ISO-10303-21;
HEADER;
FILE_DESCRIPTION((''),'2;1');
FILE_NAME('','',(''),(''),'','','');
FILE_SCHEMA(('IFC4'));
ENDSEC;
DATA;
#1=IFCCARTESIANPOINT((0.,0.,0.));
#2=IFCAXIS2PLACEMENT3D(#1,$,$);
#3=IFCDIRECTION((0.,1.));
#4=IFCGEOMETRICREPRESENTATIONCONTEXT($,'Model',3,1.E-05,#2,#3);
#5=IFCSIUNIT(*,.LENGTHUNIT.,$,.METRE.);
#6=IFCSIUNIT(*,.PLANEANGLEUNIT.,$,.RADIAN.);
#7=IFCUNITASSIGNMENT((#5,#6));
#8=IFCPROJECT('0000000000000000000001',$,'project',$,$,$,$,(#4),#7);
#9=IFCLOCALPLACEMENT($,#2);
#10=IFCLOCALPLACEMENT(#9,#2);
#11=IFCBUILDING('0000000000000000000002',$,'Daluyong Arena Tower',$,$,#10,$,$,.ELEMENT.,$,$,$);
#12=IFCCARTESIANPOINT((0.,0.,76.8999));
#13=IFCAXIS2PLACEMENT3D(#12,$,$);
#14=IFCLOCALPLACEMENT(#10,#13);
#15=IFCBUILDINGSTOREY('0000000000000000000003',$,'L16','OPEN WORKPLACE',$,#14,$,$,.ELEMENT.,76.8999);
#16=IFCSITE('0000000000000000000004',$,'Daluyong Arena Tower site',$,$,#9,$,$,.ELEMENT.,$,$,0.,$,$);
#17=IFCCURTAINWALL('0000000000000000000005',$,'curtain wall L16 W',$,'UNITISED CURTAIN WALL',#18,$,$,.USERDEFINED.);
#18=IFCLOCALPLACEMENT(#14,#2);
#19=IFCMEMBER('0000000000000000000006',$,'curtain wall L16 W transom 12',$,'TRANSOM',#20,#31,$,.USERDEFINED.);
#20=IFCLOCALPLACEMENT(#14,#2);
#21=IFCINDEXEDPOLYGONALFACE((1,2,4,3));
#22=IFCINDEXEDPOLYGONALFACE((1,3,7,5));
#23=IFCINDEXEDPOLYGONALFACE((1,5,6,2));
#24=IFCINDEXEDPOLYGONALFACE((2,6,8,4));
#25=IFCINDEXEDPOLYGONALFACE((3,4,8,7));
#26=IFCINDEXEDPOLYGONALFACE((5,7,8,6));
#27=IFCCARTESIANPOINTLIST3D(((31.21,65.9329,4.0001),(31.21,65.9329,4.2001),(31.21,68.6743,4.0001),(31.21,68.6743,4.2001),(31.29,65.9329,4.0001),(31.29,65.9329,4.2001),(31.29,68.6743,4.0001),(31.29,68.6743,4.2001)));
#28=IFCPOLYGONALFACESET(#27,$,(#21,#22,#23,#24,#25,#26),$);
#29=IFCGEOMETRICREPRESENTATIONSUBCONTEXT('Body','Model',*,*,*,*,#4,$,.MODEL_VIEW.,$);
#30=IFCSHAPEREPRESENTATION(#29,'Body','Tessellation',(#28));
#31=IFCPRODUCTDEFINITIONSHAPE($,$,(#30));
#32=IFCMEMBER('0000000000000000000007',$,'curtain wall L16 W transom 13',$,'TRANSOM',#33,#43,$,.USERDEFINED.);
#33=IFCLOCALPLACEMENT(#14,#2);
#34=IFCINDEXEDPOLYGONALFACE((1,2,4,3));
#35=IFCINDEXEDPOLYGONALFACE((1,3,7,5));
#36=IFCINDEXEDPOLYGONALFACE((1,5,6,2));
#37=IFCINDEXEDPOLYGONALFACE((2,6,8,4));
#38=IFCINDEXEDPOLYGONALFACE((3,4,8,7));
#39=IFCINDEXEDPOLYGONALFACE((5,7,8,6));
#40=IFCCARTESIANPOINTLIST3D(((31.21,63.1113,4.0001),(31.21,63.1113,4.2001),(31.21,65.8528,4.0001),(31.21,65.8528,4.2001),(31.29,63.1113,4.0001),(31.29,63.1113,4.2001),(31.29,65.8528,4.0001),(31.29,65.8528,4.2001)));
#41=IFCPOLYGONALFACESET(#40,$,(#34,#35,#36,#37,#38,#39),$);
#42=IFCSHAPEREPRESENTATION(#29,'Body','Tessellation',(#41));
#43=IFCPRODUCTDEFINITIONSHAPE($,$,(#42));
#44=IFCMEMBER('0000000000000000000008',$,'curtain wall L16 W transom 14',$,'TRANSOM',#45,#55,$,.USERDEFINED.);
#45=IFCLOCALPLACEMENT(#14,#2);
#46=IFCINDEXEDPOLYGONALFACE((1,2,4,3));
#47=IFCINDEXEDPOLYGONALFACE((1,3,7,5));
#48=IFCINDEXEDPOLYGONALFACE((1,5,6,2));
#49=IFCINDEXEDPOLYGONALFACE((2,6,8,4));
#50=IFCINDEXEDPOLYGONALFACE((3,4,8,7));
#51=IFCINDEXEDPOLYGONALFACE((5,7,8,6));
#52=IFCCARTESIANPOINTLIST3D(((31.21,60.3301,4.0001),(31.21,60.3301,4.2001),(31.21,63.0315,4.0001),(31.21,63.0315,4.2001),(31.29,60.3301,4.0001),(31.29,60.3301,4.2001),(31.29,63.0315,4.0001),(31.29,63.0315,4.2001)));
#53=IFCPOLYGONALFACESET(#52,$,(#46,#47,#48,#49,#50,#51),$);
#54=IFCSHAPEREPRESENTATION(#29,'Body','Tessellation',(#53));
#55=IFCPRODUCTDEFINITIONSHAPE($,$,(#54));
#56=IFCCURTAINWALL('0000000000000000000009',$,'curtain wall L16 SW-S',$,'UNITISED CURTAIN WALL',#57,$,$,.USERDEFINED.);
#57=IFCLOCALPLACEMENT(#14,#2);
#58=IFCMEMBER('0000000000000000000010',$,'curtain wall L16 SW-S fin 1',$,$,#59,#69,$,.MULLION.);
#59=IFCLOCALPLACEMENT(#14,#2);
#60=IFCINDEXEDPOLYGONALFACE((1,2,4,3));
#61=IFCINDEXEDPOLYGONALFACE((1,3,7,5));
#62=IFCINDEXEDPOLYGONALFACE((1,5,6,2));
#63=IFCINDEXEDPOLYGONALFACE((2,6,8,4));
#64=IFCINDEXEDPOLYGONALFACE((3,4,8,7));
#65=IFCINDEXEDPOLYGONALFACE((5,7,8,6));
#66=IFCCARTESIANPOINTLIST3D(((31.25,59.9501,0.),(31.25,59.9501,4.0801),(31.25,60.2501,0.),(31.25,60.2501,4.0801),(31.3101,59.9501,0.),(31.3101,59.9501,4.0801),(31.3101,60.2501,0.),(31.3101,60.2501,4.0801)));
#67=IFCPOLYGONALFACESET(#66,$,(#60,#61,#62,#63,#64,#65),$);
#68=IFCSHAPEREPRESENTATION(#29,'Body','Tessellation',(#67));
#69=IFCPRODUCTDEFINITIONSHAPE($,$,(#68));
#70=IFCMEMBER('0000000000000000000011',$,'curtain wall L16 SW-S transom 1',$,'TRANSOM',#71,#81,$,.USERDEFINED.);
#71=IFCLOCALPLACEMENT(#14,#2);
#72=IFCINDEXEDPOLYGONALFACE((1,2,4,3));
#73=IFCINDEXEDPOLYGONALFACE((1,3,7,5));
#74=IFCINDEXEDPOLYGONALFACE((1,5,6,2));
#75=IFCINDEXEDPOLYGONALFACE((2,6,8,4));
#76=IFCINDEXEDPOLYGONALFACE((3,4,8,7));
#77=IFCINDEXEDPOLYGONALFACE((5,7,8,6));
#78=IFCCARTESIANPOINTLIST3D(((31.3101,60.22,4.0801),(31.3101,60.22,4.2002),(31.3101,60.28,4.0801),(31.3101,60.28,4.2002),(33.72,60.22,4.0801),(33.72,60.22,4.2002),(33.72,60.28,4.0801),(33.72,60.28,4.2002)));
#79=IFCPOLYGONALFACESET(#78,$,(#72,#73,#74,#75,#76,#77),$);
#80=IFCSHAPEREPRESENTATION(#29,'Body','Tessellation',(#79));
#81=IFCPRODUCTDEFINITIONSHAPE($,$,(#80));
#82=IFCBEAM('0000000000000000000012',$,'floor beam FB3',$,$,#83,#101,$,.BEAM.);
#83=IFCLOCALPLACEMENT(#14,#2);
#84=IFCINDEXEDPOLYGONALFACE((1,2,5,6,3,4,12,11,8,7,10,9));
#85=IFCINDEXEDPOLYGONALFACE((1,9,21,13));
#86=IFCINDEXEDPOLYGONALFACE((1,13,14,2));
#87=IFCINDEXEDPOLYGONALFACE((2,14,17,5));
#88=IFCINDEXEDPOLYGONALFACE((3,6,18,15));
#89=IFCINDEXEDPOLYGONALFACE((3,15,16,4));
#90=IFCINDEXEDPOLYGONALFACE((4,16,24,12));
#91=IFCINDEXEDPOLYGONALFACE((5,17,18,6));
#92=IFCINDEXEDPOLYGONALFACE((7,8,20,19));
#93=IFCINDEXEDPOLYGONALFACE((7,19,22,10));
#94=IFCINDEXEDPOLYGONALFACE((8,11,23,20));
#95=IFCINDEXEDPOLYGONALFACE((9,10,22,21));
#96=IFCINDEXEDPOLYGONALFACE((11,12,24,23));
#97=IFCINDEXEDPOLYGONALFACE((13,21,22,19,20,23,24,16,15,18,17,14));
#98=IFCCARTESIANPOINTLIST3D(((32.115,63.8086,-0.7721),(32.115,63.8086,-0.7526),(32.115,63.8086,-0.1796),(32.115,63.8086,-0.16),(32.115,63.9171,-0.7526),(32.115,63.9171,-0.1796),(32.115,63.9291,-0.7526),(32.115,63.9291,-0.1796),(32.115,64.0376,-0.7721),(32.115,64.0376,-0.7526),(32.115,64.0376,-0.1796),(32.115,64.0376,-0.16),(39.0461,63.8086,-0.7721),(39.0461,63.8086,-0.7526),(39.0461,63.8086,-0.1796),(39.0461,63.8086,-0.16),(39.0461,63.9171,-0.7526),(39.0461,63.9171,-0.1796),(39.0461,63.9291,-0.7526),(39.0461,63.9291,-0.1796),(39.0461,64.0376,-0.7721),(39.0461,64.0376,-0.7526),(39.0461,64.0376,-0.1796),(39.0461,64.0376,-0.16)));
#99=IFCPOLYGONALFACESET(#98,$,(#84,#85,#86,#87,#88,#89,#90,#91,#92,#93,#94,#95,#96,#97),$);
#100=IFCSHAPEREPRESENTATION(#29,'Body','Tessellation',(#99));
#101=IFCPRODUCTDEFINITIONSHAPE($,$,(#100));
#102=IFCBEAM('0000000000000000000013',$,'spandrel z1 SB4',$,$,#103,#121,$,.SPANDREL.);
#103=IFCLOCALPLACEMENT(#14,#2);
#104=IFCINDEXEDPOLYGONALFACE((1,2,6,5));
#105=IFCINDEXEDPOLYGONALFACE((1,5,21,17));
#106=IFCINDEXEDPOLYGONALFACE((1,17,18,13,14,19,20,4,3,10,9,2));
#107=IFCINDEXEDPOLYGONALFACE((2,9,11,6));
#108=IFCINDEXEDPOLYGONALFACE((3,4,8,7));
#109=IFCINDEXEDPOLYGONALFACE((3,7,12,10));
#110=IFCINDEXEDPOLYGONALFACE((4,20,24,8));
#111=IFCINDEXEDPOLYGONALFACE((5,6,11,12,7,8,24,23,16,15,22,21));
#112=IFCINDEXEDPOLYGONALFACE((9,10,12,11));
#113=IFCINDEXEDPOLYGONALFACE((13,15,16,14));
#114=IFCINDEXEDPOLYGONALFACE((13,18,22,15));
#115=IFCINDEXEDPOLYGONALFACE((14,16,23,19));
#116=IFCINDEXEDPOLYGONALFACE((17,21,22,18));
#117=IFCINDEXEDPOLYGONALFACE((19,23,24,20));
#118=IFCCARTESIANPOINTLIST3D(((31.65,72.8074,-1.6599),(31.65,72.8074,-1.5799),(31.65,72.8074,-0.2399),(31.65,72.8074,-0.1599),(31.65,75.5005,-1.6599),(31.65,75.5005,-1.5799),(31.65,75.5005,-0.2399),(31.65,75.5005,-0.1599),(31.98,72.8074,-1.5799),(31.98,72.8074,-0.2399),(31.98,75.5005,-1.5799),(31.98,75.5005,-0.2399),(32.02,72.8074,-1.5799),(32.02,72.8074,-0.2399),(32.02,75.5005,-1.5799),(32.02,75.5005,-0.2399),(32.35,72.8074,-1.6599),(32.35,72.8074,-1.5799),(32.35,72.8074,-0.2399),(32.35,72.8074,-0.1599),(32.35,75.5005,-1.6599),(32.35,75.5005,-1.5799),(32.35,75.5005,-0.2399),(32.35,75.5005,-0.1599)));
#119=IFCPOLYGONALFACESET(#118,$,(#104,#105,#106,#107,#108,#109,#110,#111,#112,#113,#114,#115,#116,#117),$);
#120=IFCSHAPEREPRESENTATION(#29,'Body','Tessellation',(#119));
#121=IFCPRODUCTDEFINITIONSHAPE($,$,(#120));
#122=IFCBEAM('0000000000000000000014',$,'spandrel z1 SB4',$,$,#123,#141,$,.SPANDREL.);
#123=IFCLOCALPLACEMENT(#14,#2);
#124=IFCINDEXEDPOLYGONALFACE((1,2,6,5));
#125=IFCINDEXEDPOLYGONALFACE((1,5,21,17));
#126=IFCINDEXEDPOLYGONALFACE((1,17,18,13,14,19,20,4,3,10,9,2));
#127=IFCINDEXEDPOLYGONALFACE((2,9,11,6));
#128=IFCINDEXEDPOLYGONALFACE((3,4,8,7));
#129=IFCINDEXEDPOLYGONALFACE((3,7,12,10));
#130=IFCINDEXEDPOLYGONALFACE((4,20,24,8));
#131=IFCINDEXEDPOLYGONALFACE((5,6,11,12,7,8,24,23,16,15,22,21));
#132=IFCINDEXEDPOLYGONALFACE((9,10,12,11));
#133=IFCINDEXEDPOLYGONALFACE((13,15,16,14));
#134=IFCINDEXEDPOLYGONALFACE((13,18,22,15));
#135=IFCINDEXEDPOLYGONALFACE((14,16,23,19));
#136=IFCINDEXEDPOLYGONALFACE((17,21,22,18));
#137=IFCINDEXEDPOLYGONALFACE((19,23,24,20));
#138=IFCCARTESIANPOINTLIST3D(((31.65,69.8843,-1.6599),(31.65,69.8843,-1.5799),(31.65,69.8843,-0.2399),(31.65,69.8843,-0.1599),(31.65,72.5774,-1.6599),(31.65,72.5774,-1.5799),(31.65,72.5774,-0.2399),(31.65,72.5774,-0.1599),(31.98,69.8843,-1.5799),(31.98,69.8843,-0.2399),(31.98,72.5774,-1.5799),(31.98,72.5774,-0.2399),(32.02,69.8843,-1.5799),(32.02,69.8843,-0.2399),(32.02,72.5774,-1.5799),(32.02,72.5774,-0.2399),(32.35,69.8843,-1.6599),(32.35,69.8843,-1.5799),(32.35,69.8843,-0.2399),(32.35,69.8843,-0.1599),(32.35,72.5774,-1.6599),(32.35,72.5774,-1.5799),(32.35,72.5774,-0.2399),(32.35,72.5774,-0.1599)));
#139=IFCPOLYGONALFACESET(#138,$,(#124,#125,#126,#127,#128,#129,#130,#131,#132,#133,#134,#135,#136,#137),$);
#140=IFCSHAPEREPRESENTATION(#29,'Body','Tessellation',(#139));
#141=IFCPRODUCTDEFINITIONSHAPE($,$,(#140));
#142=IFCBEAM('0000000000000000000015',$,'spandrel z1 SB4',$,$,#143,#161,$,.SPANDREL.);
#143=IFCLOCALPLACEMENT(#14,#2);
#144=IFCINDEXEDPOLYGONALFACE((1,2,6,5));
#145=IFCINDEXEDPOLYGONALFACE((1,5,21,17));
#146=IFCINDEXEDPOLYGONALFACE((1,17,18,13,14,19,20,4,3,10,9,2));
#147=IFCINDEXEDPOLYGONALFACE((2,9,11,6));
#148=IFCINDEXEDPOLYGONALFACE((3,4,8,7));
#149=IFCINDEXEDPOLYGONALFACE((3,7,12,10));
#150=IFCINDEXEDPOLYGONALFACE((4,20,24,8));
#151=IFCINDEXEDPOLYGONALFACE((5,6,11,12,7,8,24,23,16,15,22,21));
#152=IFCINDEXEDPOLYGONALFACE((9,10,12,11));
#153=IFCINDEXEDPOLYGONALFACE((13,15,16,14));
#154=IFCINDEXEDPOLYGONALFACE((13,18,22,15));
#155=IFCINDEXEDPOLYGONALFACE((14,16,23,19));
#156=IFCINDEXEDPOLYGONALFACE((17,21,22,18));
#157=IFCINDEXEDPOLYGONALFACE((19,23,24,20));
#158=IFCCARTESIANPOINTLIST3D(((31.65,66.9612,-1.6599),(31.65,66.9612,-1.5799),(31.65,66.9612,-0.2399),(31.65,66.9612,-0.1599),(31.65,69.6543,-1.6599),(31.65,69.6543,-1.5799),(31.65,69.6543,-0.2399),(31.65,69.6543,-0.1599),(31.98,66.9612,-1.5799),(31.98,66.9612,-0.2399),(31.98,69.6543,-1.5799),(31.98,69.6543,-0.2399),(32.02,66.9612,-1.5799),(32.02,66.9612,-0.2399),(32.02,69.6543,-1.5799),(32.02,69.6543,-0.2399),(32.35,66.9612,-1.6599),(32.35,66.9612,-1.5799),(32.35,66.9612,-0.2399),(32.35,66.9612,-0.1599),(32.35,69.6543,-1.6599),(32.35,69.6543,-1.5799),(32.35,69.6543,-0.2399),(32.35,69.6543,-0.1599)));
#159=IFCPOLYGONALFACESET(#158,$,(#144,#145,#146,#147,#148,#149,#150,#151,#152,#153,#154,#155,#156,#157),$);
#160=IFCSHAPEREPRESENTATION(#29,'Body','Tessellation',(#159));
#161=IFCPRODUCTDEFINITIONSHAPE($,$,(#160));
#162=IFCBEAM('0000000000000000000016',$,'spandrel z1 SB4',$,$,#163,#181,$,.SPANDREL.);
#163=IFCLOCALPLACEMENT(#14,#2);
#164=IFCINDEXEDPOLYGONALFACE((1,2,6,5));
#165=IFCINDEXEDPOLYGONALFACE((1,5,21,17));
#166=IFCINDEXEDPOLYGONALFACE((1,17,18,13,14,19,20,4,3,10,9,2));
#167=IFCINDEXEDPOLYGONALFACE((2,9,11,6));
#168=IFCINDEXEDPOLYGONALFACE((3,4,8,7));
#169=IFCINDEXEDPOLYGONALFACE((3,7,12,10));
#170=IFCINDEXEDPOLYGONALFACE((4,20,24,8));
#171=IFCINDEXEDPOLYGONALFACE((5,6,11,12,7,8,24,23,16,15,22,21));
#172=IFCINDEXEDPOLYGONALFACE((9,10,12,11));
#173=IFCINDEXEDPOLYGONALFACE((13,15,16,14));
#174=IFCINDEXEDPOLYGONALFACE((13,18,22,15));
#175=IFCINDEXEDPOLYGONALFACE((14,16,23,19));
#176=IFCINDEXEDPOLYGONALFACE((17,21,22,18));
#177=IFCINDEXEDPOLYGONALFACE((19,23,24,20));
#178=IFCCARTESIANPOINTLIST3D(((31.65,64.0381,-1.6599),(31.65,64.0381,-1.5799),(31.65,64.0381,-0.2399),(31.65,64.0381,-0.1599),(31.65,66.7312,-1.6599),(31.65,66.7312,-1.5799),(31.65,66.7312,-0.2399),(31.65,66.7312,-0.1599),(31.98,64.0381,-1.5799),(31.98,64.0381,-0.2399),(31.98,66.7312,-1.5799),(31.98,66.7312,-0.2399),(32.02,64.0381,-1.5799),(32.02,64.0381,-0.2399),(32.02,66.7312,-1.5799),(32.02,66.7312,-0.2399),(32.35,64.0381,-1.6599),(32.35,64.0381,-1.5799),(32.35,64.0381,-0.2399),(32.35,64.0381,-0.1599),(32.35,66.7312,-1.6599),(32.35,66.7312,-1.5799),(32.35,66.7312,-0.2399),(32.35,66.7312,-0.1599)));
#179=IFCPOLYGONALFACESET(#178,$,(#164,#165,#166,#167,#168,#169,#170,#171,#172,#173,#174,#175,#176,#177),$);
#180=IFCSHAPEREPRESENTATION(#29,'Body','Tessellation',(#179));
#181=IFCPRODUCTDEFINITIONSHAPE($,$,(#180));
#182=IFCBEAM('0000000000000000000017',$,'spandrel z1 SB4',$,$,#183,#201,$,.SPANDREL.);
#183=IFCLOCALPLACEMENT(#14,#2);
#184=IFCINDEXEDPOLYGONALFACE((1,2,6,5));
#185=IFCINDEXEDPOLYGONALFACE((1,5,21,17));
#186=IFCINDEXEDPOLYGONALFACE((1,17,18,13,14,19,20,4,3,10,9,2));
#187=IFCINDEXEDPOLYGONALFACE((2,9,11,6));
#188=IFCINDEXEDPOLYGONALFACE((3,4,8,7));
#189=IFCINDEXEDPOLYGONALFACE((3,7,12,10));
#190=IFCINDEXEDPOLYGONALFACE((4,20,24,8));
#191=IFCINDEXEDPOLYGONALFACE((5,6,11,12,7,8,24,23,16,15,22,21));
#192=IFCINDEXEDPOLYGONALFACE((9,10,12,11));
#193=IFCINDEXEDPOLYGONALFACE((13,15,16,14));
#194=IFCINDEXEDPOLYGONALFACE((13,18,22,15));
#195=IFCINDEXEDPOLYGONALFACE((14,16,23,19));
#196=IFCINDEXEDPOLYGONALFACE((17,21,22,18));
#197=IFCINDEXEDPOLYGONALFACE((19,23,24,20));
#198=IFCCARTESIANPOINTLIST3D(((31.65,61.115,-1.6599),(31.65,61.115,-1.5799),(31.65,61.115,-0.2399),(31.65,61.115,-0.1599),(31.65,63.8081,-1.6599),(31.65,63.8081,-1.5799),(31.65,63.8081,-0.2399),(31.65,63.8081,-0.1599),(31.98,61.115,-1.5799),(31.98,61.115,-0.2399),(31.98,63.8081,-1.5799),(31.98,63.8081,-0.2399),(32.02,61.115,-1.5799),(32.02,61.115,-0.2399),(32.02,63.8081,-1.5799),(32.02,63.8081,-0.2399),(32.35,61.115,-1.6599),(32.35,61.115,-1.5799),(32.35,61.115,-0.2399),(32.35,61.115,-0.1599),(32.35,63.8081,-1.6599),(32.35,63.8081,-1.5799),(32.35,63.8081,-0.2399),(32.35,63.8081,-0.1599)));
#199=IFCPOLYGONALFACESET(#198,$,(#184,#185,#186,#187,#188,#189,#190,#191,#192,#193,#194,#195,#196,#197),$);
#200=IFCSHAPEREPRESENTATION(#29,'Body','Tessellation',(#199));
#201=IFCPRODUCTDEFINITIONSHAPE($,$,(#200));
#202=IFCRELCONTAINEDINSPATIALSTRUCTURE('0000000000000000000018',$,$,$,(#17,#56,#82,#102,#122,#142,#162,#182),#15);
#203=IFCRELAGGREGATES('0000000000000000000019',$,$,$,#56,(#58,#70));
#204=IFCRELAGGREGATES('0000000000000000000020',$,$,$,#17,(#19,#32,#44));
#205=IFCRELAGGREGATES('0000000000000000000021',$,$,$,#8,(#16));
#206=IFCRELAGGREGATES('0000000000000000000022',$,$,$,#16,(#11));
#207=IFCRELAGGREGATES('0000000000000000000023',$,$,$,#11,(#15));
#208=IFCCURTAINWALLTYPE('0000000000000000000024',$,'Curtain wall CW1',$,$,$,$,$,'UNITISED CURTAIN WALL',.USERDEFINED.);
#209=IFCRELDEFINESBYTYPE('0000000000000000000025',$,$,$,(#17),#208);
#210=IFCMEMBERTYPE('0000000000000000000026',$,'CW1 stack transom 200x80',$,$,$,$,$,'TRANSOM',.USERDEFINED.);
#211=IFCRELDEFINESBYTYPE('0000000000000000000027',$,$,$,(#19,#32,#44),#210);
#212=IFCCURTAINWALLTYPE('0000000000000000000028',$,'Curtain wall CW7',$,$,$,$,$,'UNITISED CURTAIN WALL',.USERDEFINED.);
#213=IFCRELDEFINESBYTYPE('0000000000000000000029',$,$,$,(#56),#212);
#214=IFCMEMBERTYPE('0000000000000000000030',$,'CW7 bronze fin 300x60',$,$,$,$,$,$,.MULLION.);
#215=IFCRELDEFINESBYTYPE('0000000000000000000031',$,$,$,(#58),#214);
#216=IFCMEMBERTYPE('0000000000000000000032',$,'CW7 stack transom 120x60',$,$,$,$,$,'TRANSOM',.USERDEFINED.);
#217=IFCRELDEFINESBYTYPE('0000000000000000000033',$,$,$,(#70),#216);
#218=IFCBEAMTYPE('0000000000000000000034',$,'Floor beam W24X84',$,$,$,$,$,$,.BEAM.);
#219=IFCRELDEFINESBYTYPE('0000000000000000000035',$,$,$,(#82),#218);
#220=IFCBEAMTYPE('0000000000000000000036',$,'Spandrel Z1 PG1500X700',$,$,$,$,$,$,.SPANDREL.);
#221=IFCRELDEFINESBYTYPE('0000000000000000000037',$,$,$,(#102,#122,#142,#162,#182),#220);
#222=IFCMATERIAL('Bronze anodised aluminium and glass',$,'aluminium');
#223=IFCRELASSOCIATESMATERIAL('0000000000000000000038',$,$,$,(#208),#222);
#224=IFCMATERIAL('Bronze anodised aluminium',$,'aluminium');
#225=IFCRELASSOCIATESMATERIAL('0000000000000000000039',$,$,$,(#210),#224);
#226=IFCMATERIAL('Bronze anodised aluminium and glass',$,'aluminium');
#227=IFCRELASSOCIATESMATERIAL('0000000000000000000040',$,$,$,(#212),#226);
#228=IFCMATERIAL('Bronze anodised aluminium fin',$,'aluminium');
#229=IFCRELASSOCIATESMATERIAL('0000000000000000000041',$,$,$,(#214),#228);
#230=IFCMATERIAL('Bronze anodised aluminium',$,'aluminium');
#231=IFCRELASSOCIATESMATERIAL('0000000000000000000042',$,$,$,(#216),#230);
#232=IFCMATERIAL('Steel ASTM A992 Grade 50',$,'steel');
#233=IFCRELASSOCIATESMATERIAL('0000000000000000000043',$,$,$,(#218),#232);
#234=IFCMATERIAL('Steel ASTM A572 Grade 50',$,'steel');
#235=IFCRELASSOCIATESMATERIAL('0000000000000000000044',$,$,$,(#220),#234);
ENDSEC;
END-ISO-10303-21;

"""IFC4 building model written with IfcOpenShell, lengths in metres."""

from ifc_helpers import new_model, si_unit, direction, frame, origin, origin_2d, place, context, subcontext, project, spatial, rectangle, i_section, extrude, material, material_profile, profile_set, type_object, element, aggregate, save


model = new_model("IFC4")

# Units and contexts
model_context = context("Model", 3, precision=1e-05, world=origin(), true_north=direction((0.0, 1.0)))
body_context = subcontext(model_context, "Body", "Model", "MODEL_VIEW")
ifc_project = project(units=[si_unit("LENGTHUNIT", "METRE"), si_unit("PLANEANGLEUNIT", "RADIAN")], contexts=[model_context])

# Site, building, storey
site_placement = place(None, origin())
site = spatial("IfcSite", under=ifc_project, at=site_placement, Name="Daluyong Arena Tower site", CompositionType="ELEMENT", RefElevation=0.0)
building_placement = place(site_placement, origin())
building = spatial("IfcBuilding", under=site, at=building_placement, Name="Daluyong Arena Tower", CompositionType="ELEMENT")
storey_placement = place(building_placement, frame((0.0, 0.0, 76.8999)))
storey = spatial("IfcBuildingStorey", under=building, at=storey_placement, Name="L16", Description="OPEN WORKPLACE", CompositionType="ELEMENT", Elevation=76.8999)

# Curtain walls, members
ifc_material_1 = material(Name="Bronze anodised aluminium and glass", Category="aluminium")
curtain_wall_type_1 = type_object("IfcCurtainWallType", Name="Curtain wall CW1", ElementType="UNITISED CURTAIN WALL", PredefinedType="USERDEFINED", material=ifc_material_1)
curtain_wall_1_placement = place(storey_placement, origin())
curtain_wall_1 = element("IfcCurtainWall", 1, at=curtain_wall_1_placement, inside=storey, type_object=curtain_wall_type_1, Name="curtain wall L16 W", ObjectType="UNITISED CURTAIN WALL", PredefinedType="USERDEFINED")
ifc_material_2 = material(Name="Bronze anodised aluminium", Category="aluminium")
ifc_material_profile_1 = material_profile(ifc_material_2, rectangle(XDim=0.0801, YDim=0.2, at=origin_2d()))
ifc_profile_set_1 = profile_set([ifc_material_profile_1], Name="Bronze anodised aluminium")
member_type_1 = type_object("IfcMemberType", Name="CW1 stack transom 200x80", ElementType="TRANSOM", PredefinedType="USERDEFINED", material=ifc_profile_set_1)
member_1_placement = place(storey_placement, frame((31.25, 68.6743, 4.1001), z_axis=(0.0, -1.0, 0.0), x_axis=(1.0, 0.0, 0.0)))
member_1 = element("IfcMember", 2, at=member_1_placement, type_object=member_type_1, Name="curtain wall L16 W transom 12", ObjectType="TRANSOM", PredefinedType="USERDEFINED", context=body_context, shape_type="SweptSolid", body=[
    extrude(rectangle(XDim=0.0801, YDim=0.2, at=origin_2d()), origin(), (0.0, 0.0, 1.0), 2.7415),
])
member_2_placement = place(storey_placement, frame((31.25, 65.8528, 4.1001), z_axis=(0.0, -1.0, 0.0), x_axis=(1.0, 0.0, 0.0)))
member_2 = element("IfcMember", 3, at=member_2_placement, type_object=member_type_1, Name="curtain wall L16 W transom 13", ObjectType="TRANSOM", PredefinedType="USERDEFINED", context=body_context, shape_type="SweptSolid", body=[
    extrude(rectangle(XDim=0.0801, YDim=0.2, at=origin_2d()), origin(), (0.0, 0.0, 1.0), 2.7415),
])
member_3_placement = place(storey_placement, frame((31.25, 63.0315, 4.1001), z_axis=(0.0, -1.0, 0.0), x_axis=(1.0, 0.0, 0.0)))
member_3 = element("IfcMember", 4, at=member_3_placement, type_object=member_type_1, Name="curtain wall L16 W transom 14", ObjectType="TRANSOM", PredefinedType="USERDEFINED", context=body_context, shape_type="SweptSolid", body=[
    extrude(rectangle(XDim=0.0801, YDim=0.2, at=origin_2d()), origin(), (0.0, 0.0, 1.0), 2.7014),
])
ifc_material_3 = material(Name="Bronze anodised aluminium and glass", Category="aluminium")
curtain_wall_type_2 = type_object("IfcCurtainWallType", Name="Curtain wall CW7", ElementType="UNITISED CURTAIN WALL", PredefinedType="USERDEFINED", material=ifc_material_3)
curtain_wall_2_placement = place(storey_placement, origin())
curtain_wall_2 = element("IfcCurtainWall", 5, at=curtain_wall_2_placement, inside=storey, type_object=curtain_wall_type_2, Name="curtain wall L16 SW-S", ObjectType="UNITISED CURTAIN WALL", PredefinedType="USERDEFINED")
ifc_material_4 = material(Name="Bronze anodised aluminium fin", Category="aluminium")
ifc_material_profile_2 = material_profile(ifc_material_4, rectangle(XDim=0.3, YDim=0.0601, at=origin_2d()))
ifc_profile_set_2 = profile_set([ifc_material_profile_2], Name="Bronze anodised aluminium fin")
member_type_2 = type_object("IfcMemberType", Name="CW7 bronze fin 300x60", PredefinedType="MULLION", material=ifc_profile_set_2)
member_4_placement = place(storey_placement, frame((31.28, 60.1001, 0.0), z_axis=(0.0, 0.0, 1.0), x_axis=(0.0, 1.0, 0.0)))
member_4 = element("IfcMember", 6, at=member_4_placement, type_object=member_type_2, Name="curtain wall L16 SW-S fin 1", PredefinedType="MULLION", context=body_context, shape_type="SweptSolid", body=[
    extrude(rectangle(XDim=0.3, YDim=0.0601, at=origin_2d()), origin(), (0.0, 0.0, 1.0), 4.0801),
])
ifc_material_5 = material(Name="Bronze anodised aluminium", Category="aluminium")
ifc_material_profile_3 = material_profile(ifc_material_5, rectangle(XDim=0.0601, YDim=0.1201, at=origin_2d()))
ifc_profile_set_3 = profile_set([ifc_material_profile_3], Name="Bronze anodised aluminium")
member_type_3 = type_object("IfcMemberType", Name="CW7 stack transom 120x60", ElementType="TRANSOM", PredefinedType="USERDEFINED", material=ifc_profile_set_3)
member_5_placement = place(storey_placement, frame((31.3101, 60.25, 4.1401), z_axis=(1.0, 0.0, 0.0), x_axis=(0.0, 1.0, 0.0)))
member_5 = element("IfcMember", 7, at=member_5_placement, type_object=member_type_3, Name="curtain wall L16 SW-S transom 1", ObjectType="TRANSOM", PredefinedType="USERDEFINED", context=body_context, shape_type="SweptSolid", body=[
    extrude(rectangle(XDim=0.0601, YDim=0.1201, at=origin_2d()), origin(), (0.0, 0.0, 1.0), 2.4099),
])
aggregate(curtain_wall_2, [member_4, member_5])

# Beams
ifc_material_6 = material(Name="Steel ASTM A992 Grade 50", Category="steel")
ifc_material_profile_4 = material_profile(ifc_material_6, i_section(OverallWidth=0.229, OverallDepth=0.6121, WebThickness=0.012, FlangeThickness=0.0195, at=origin_2d()))
ifc_profile_set_4 = profile_set([ifc_material_profile_4], Name="Steel ASTM A992 Grade 50")
beam_type_1 = type_object("IfcBeamType", Name="Floor beam W24X84", PredefinedType="BEAM", material=ifc_profile_set_4)
beam_1_placement = place(storey_placement, frame((32.115, 63.9231, -0.4661), z_axis=(1.0, 0.0, 0.0), x_axis=(0.0, 1.0, 0.0)))
element("IfcBeam", 8, at=beam_1_placement, inside=storey, type_object=beam_type_1, Name="floor beam FB3", PredefinedType="BEAM", context=body_context, shape_type="SweptSolid", body=[
    extrude(i_section(OverallWidth=0.229, OverallDepth=0.6121, WebThickness=0.012, FlangeThickness=0.0195, at=origin_2d()), origin(), (0.0, 0.0, 1.0), 6.9312),
])
ifc_material_7 = material(Name="Steel ASTM A572 Grade 50", Category="steel")
ifc_material_profile_5 = material_profile(ifc_material_7, i_section(OverallWidth=0.7, OverallDepth=1.5, WebThickness=0.04, FlangeThickness=0.08, at=origin_2d()))
ifc_profile_set_5 = profile_set([ifc_material_profile_5], Name="Steel ASTM A572 Grade 50")
beam_type_2 = type_object("IfcBeamType", Name="Spandrel Z1 PG1500X700", PredefinedType="SPANDREL", material=ifc_profile_set_5)
for number, where, z_axis, x_axis, name in (
    (9, (32.0, 75.5005, -0.9099), (0.0, -1.0, 0.0), (1.0, 0.0, 0.0), "spandrel z1 SB4"),
    (10, (32.0, 72.5774, -0.9099), (0.0, -1.0, 0.0), (1.0, 0.0, 0.0), "spandrel z1 SB4"),
    (11, (32.0, 69.6543, -0.9099), (0.0, -1.0, 0.0), (1.0, 0.0, 0.0), "spandrel z1 SB4"),
    (12, (32.0, 66.7312, -0.9099), (0.0, -1.0, 0.0), (1.0, 0.0, 0.0), "spandrel z1 SB4"),
    (13, (32.0, 63.8081, -0.9099), (0.0, -1.0, 0.0), (1.0, 0.0, 0.0), "spandrel z1 SB4"),
):
    element("IfcBeam", number, at=place(storey_placement, frame(where, z_axis=z_axis, x_axis=x_axis)), inside=storey, type_object=beam_type_2, Name=name, PredefinedType="SPANDREL", context=body_context, shape_type="SweptSolid", body=[
        extrude(i_section(OverallWidth=0.7, OverallDepth=1.5, WebThickness=0.04, FlangeThickness=0.08, at=origin_2d()), origin(), (0.0, 0.0, 1.0), 2.6931),
    ])

aggregate(curtain_wall_1, [member_1, member_2, member_3])

save(model, "model.ifc")
